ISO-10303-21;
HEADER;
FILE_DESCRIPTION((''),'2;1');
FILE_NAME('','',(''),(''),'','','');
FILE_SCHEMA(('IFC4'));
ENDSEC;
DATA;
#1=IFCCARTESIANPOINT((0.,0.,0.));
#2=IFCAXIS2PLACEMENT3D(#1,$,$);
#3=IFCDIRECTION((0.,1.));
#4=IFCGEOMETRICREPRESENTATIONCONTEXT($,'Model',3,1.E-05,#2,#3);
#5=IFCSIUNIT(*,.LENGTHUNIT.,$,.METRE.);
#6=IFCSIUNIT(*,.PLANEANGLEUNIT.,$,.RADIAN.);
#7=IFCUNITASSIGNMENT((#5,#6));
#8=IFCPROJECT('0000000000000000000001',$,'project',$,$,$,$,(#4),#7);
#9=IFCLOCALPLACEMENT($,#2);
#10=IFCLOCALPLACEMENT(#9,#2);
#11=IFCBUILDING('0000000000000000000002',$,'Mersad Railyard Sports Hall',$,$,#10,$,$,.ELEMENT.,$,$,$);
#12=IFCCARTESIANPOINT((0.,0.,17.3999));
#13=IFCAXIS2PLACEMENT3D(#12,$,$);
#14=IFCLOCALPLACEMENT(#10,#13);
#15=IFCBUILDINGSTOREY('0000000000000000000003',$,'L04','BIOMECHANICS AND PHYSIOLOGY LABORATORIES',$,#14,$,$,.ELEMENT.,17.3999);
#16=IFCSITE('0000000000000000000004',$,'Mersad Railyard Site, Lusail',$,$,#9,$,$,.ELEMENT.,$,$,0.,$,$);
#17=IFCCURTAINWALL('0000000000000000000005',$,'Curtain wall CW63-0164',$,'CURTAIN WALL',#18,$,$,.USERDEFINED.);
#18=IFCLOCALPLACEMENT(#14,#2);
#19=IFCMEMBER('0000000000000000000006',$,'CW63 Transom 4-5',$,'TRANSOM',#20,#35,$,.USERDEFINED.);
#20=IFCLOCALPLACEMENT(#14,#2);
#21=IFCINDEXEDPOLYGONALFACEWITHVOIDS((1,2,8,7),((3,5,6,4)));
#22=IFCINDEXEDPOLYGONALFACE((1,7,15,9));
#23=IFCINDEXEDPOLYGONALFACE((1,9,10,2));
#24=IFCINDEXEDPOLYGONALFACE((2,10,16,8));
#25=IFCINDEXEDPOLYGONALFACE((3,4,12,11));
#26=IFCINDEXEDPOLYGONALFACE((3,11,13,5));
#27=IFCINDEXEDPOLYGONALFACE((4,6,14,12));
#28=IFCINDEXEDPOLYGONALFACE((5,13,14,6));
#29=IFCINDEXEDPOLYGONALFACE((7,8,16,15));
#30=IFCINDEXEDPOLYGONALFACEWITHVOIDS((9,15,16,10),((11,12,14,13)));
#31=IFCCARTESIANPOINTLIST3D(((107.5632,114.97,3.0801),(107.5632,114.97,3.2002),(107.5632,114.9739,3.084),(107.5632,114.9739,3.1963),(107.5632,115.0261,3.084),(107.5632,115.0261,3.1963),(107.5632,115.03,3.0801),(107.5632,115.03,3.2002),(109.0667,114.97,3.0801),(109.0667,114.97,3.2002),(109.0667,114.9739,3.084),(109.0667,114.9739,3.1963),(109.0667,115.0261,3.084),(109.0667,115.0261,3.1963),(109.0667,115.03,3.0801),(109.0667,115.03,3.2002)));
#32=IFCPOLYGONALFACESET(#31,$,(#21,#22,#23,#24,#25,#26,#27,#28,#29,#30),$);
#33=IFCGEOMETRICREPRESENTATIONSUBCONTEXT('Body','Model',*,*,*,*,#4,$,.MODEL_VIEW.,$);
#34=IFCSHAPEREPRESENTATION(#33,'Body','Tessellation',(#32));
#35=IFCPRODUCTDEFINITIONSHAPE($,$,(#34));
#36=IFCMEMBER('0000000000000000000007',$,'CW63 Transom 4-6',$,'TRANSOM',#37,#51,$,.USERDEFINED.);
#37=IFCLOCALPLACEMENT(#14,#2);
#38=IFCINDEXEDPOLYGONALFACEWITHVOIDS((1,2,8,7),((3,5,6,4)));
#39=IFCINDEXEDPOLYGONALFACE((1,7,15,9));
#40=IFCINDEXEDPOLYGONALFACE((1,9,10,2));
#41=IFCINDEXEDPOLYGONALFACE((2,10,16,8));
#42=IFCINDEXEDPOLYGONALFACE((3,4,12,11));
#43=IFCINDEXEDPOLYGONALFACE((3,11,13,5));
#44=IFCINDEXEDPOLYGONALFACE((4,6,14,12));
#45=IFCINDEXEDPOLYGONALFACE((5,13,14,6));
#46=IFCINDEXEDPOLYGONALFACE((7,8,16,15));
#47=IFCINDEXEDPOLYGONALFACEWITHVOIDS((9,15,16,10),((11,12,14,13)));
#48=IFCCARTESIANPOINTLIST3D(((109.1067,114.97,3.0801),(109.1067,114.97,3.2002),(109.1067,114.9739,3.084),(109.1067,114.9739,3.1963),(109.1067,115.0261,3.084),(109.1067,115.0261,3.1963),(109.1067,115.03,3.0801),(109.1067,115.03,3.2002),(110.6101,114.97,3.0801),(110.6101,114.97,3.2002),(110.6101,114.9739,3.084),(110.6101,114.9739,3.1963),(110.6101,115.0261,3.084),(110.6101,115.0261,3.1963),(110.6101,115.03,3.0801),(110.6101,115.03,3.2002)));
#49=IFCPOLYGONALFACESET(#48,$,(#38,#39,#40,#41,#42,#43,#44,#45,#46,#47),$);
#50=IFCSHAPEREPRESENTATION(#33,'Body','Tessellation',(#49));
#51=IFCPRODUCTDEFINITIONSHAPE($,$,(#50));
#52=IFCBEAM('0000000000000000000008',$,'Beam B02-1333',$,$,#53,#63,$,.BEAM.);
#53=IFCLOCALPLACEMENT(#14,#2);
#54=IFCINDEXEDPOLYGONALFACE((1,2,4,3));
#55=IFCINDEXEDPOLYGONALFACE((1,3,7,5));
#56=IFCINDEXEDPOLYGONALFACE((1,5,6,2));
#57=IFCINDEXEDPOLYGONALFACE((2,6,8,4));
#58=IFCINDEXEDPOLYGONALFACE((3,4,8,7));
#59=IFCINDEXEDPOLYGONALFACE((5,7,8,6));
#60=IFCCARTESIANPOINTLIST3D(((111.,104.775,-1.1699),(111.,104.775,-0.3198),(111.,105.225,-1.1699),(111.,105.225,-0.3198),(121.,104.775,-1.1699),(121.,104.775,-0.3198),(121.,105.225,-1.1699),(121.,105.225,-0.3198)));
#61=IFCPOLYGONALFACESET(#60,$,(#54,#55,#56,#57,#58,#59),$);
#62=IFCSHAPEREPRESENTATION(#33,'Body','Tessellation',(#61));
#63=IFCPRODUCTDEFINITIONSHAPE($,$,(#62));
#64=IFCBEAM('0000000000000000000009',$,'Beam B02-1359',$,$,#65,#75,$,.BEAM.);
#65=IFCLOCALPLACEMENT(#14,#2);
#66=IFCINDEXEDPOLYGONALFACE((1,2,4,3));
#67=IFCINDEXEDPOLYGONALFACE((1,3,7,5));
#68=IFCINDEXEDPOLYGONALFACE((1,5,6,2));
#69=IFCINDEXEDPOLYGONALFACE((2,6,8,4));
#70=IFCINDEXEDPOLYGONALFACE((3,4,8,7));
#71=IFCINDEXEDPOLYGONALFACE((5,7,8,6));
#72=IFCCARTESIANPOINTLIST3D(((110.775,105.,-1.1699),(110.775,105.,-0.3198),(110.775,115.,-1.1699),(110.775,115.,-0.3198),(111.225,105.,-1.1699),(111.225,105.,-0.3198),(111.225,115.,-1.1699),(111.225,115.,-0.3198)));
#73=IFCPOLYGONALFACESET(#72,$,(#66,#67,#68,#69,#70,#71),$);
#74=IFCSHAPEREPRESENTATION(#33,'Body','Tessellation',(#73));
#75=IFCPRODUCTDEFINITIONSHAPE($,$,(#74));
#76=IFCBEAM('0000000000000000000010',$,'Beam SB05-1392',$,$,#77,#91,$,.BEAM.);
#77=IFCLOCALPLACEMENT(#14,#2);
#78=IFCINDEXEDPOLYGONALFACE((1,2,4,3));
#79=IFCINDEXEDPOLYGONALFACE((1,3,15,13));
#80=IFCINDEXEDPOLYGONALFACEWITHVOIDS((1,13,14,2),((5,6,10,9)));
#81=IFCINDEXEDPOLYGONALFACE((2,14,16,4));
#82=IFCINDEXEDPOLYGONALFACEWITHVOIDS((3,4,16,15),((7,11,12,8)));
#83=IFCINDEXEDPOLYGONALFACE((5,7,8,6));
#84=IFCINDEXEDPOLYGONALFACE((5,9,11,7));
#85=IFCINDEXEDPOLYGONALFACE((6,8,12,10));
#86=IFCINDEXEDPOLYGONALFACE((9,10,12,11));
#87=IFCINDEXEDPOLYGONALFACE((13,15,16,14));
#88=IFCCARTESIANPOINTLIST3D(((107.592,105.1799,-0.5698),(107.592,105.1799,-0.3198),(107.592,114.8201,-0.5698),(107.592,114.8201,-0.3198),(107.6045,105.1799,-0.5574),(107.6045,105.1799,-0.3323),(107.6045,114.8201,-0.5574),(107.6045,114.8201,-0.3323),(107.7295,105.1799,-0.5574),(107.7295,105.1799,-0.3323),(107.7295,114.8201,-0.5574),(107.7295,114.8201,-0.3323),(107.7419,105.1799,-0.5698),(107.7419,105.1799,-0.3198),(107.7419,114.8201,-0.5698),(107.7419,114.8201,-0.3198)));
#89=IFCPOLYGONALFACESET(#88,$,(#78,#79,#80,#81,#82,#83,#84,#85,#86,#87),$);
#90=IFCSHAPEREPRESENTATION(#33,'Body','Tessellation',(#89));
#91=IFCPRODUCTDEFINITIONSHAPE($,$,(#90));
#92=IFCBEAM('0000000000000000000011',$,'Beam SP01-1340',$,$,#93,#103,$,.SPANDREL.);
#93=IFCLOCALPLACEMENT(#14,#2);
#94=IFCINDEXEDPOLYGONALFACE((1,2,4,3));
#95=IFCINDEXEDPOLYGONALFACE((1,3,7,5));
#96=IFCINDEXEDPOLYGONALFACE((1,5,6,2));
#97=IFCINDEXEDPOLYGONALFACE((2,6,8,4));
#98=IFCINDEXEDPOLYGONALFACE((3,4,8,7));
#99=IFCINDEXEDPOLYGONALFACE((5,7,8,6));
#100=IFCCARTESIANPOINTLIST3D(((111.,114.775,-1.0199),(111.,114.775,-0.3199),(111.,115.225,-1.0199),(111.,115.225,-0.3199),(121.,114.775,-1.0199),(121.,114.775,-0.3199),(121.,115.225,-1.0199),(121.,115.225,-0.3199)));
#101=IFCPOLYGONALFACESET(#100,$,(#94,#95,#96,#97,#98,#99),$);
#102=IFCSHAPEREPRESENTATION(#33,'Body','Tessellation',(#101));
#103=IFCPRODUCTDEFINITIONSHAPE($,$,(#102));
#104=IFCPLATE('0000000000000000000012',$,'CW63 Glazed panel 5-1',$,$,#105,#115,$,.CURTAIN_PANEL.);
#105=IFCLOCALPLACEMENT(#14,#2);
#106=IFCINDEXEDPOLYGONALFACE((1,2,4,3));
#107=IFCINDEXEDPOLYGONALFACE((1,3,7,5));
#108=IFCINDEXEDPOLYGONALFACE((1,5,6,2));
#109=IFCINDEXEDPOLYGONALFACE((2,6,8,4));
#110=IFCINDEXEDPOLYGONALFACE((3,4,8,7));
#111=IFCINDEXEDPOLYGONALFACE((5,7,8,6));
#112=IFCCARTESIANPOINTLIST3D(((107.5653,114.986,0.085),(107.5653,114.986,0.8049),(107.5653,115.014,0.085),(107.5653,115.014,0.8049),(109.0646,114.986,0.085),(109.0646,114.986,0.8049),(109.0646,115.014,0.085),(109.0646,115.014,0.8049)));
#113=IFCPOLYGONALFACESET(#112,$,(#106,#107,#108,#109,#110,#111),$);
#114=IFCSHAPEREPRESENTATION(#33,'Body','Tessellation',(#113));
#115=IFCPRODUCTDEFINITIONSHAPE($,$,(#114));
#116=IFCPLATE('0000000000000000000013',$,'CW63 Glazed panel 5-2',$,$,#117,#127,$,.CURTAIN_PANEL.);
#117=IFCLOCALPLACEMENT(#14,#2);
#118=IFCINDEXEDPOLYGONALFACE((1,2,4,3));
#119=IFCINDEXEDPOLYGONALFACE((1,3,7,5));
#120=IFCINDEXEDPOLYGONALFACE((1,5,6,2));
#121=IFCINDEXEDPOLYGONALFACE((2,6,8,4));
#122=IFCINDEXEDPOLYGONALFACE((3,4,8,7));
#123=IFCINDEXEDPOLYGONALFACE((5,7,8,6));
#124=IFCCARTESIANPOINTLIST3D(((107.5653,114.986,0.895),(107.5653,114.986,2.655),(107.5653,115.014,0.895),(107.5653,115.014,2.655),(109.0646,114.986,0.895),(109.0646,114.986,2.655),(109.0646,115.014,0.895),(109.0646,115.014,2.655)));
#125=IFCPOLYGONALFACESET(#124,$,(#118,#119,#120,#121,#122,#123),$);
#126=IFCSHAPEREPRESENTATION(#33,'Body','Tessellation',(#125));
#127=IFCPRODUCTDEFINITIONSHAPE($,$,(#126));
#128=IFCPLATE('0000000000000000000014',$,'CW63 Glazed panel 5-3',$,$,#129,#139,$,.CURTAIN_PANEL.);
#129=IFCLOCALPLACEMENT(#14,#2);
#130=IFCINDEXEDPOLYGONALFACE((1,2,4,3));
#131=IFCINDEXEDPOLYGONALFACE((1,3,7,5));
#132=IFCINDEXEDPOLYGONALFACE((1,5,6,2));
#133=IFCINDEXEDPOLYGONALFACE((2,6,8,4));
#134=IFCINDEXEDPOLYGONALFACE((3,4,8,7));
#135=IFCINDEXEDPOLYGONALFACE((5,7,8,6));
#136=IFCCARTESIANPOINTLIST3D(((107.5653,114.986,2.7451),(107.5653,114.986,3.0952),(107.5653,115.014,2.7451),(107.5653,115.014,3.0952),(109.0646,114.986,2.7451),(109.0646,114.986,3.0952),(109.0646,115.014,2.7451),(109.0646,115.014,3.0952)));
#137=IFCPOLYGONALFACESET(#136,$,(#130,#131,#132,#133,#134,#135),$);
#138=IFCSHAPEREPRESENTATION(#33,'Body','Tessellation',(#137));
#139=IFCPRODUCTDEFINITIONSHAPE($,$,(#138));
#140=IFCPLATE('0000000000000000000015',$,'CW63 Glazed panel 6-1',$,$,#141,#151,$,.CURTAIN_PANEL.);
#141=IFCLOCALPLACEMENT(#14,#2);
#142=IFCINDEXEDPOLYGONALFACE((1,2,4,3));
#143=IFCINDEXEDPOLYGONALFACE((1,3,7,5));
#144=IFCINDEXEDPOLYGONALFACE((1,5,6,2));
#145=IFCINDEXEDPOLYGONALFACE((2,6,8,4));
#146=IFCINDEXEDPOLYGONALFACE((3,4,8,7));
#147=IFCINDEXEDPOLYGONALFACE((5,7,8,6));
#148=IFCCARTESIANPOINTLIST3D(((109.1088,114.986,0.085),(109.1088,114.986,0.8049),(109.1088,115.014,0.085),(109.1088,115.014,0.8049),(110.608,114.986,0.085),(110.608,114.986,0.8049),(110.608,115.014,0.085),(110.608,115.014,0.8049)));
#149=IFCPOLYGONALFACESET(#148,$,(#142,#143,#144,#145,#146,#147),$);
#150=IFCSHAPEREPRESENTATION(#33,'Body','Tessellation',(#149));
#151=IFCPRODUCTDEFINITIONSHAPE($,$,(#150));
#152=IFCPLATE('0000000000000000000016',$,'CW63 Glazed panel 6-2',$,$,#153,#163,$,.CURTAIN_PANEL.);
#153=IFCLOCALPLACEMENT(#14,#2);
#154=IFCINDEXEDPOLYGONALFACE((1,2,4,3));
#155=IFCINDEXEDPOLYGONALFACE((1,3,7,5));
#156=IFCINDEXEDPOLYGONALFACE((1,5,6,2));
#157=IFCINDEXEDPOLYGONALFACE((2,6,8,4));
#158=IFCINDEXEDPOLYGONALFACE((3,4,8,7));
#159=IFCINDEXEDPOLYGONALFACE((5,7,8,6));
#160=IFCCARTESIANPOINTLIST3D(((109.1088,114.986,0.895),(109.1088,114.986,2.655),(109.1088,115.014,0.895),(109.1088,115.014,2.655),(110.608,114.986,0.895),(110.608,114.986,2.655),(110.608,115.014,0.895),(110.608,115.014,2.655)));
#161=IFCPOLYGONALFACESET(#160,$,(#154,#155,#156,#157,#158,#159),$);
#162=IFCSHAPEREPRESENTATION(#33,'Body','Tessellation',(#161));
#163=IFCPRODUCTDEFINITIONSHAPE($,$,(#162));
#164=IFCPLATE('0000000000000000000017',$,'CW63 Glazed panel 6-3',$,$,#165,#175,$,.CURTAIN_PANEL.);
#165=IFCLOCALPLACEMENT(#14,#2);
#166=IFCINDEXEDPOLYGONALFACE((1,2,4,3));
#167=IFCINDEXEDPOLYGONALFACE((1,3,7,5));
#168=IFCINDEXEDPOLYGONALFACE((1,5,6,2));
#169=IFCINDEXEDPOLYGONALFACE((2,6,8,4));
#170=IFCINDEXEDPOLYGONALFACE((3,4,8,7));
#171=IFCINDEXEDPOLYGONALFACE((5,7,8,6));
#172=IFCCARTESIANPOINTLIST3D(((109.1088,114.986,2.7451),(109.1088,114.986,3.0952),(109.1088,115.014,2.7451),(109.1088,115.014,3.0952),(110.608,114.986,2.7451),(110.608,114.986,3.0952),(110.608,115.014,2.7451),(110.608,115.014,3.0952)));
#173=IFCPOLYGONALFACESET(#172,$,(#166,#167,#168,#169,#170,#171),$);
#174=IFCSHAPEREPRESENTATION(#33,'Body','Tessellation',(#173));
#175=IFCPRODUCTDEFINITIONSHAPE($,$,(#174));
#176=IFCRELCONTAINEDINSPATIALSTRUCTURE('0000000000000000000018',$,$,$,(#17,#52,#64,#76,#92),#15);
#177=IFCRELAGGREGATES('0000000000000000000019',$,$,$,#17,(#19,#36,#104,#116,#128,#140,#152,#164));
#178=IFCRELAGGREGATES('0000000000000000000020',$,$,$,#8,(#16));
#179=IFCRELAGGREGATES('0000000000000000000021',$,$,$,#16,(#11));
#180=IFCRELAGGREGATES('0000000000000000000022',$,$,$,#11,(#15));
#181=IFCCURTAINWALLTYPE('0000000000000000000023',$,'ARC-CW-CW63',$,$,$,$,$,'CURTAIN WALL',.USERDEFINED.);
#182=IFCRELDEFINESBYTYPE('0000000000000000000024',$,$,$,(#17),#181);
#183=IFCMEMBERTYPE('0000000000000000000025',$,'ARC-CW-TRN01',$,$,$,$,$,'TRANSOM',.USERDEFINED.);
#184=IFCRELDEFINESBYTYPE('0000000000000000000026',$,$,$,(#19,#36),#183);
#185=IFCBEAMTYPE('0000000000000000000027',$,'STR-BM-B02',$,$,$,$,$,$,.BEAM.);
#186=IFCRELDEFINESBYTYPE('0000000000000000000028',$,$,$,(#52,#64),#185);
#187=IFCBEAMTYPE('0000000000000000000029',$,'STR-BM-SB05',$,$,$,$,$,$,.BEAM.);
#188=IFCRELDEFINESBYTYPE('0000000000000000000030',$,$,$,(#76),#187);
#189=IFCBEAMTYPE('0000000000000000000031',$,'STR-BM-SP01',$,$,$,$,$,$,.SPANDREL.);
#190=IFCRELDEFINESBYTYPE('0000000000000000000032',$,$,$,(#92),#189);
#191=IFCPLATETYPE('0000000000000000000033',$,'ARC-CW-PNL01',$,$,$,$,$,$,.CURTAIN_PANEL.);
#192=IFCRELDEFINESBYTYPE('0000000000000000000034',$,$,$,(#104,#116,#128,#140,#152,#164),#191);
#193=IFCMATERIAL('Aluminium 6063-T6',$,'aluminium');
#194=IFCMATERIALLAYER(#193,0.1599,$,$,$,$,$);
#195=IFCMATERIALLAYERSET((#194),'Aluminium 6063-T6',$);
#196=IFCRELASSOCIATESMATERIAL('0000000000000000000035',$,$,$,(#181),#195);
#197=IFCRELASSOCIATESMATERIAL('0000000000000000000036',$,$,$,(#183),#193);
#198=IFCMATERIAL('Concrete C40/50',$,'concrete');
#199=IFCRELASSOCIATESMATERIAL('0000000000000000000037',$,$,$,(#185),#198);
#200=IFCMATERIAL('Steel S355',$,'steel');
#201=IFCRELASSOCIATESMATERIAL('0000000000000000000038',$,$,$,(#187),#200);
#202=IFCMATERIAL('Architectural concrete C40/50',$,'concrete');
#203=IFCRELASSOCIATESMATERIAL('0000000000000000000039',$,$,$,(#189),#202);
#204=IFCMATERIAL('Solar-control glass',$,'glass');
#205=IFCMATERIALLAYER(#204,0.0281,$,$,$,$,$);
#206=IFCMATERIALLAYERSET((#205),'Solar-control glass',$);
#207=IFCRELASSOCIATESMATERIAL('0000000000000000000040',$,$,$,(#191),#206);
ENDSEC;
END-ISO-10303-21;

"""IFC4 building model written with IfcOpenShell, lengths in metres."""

from ifc_helpers import new_model, si_unit, direction, frame, origin, origin_2d, place, context, subcontext, project, spatial, rectangle, hollow_rectangle, extrude, material, layer, layer_set, material_profile, profile_set, type_object, element, aggregate, save


model = new_model("IFC4")

# Units and contexts
model_context = context("Model", 3, precision=1e-05, world=origin(), true_north=direction((0.0, 1.0)))
body_context = subcontext(model_context, "Body", "Model", "MODEL_VIEW")
ifc_project = project(units=[si_unit("LENGTHUNIT", "METRE"), si_unit("PLANEANGLEUNIT", "RADIAN")], contexts=[model_context])

# Site, building, storey
site_placement = place(None, origin())
site = spatial("IfcSite", under=ifc_project, at=site_placement, Name="Mersad Railyard Site, Lusail", CompositionType="ELEMENT", RefElevation=0.0)
building_placement = place(site_placement, origin())
building = spatial("IfcBuilding", under=site, at=building_placement, Name="Mersad Railyard Sports Hall", CompositionType="ELEMENT")
storey_placement = place(building_placement, frame((0.0, 0.0, 17.3999)))
storey = spatial("IfcBuildingStorey", under=building, at=storey_placement, Name="L04", Description="BIOMECHANICS AND PHYSIOLOGY LABORATORIES", CompositionType="ELEMENT", Elevation=17.3999)

# Shared definitions
ifc_material_1 = material(Name="Concrete C40/50", Category="concrete")
ifc_material_2 = material(Name="Architectural concrete C40/50", Category="concrete")

# Curtain wall, members
ifc_material_3 = material(Name="Aluminium 6063-T6", Category="aluminium")
ifc_layer_1 = layer(ifc_material_3, 0.1599)
ifc_layer_set_1 = layer_set([ifc_layer_1], Name="Aluminium 6063-T6")
curtain_wall_type = type_object("IfcCurtainWallType", Name="ARC-CW-CW63", ElementType="CURTAIN WALL", PredefinedType="USERDEFINED", material=ifc_layer_set_1)
curtain_wall_placement = place(storey_placement, origin())
curtain_wall = element("IfcCurtainWall", 1, at=curtain_wall_placement, inside=storey, type_object=curtain_wall_type, Name="Curtain wall CW63-0164", ObjectType="CURTAIN WALL", PredefinedType="USERDEFINED")
ifc_material_profile_1 = material_profile(ifc_material_3, hollow_rectangle(XDim=0.0601, YDim=0.1201, WallThickness=0.0039, at=origin_2d()), Name="AL TRANSOM 60x120x4")
ifc_profile_set_1 = profile_set([ifc_material_profile_1], Name="Aluminium 6063-T6")
member_type_1 = type_object("IfcMemberType", Name="ARC-CW-TRN01", ElementType="TRANSOM", PredefinedType="USERDEFINED", material=ifc_profile_set_1)
member_1_placement = place(storey_placement, frame((107.5632, 115.0, 3.1401), z_axis=(1.0, 0.0, 0.0), x_axis=(0.0, 1.0, 0.0)))
member_1 = element("IfcMember", 2, at=member_1_placement, type_object=member_type_1, Name="CW63 Transom 4-5", ObjectType="TRANSOM", PredefinedType="USERDEFINED", context=body_context, shape_type="SweptSolid", body=[
    extrude(hollow_rectangle(XDim=0.0601, YDim=0.1201, WallThickness=0.0039, at=origin_2d()), origin(), (0.0, 0.0, 1.0), 1.5034),
])
member_2_placement = place(storey_placement, frame((109.1067, 115.0, 3.1401), z_axis=(1.0, 0.0, 0.0), x_axis=(0.0, 1.0, 0.0)))
member_2 = element("IfcMember", 3, at=member_2_placement, type_object=member_type_1, Name="CW63 Transom 4-6", ObjectType="TRANSOM", PredefinedType="USERDEFINED", context=body_context, shape_type="SweptSolid", body=[
    extrude(hollow_rectangle(XDim=0.0601, YDim=0.1201, WallThickness=0.0039, at=origin_2d()), origin(), (0.0, 0.0, 1.0), 1.5034),
])

# Beams
ifc_material_profile_2 = material_profile(ifc_material_1, rectangle(XDim=0.45, YDim=0.8501, at=origin_2d()), Name="RC 450x850")
ifc_profile_set_2 = profile_set([ifc_material_profile_2], Name="Concrete C40/50")
beam_type_1 = type_object("IfcBeamType", Name="STR-BM-B02", PredefinedType="BEAM", material=ifc_profile_set_2)
for number, where, z_axis, x_axis, name in (
    (4, (111.0, 105.0, -0.7449), (1.0, 0.0, 0.0), (0.0, 1.0, 0.0), "Beam B02-1333"),
    (5, (111.0, 105.0, -0.7449), (0.0, 1.0, 0.0), (-1.0, 0.0, 0.0), "Beam B02-1359"),
):
    element("IfcBeam", number, at=place(storey_placement, frame(where, z_axis=z_axis, x_axis=x_axis)), inside=storey, type_object=beam_type_1, Name=name, PredefinedType="BEAM", context=body_context, shape_type="SweptSolid", body=[
        extrude(rectangle(XDim=0.45, YDim=0.8501, at=origin_2d()), origin(), (0.0, 0.0, 1.0), 10.0),
    ])
ifc_material_4 = material(Name="Steel S355", Category="steel")
ifc_material_profile_3 = material_profile(ifc_material_4, hollow_rectangle(XDim=0.1499, YDim=0.25, WallThickness=0.0125, at=origin_2d()), Name="RHS 250x150x12.5")
ifc_profile_set_3 = profile_set([ifc_material_profile_3], Name="Steel S355")
beam_type_2 = type_object("IfcBeamType", Name="STR-BM-SB05", PredefinedType="BEAM", material=ifc_profile_set_3)
beam_1_placement = place(storey_placement, frame((107.667, 105.1799, -0.4448), z_axis=(0.0, 1.0, 0.0), x_axis=(-1.0, 0.0, 0.0)))
element("IfcBeam", 6, at=beam_1_placement, inside=storey, type_object=beam_type_2, Name="Beam SB05-1392", PredefinedType="BEAM", context=body_context, shape_type="SweptSolid", body=[
    extrude(hollow_rectangle(XDim=0.1499, YDim=0.25, WallThickness=0.0125, at=origin_2d()), origin(), (0.0, 0.0, 1.0), 9.6401),
])
ifc_material_profile_4 = material_profile(ifc_material_2, rectangle(XDim=0.45, YDim=0.7, at=origin_2d()), Name="RC 450x700")
ifc_profile_set_4 = profile_set([ifc_material_profile_4], Name="Architectural concrete C40/50")
beam_type_3 = type_object("IfcBeamType", Name="STR-BM-SP01", PredefinedType="SPANDREL", material=ifc_profile_set_4)
beam_2_placement = place(storey_placement, frame((111.0, 115.0, -0.6699), z_axis=(1.0, 0.0, 0.0), x_axis=(0.0, 1.0, 0.0)))
element("IfcBeam", 7, at=beam_2_placement, inside=storey, type_object=beam_type_3, Name="Beam SP01-1340", PredefinedType="SPANDREL", context=body_context, shape_type="SweptSolid", body=[
    extrude(rectangle(XDim=0.45, YDim=0.7, at=origin_2d()), origin(), (0.0, 0.0, 1.0), 10.0),
])

# Plates
ifc_material_5 = material(Name="Solar-control glass", Category="glass")
ifc_layer_2 = layer(ifc_material_5, 0.0281)
ifc_layer_set_2 = layer_set([ifc_layer_2], Name="Solar-control glass")
plate_type = type_object("IfcPlateType", Name="ARC-CW-PNL01", PredefinedType="CURTAIN_PANEL", material=ifc_layer_set_2)
plate_1_placement = place(storey_placement, frame((108.3149, 115.0, 0.085), z_axis=(0.0, 0.0, 1.0), x_axis=(1.0, 0.0, 0.0)))
plate_1 = element("IfcPlate", 8, at=plate_1_placement, type_object=plate_type, Name="CW63 Glazed panel 5-1", PredefinedType="CURTAIN_PANEL", context=body_context, shape_type="SweptSolid", body=[
    extrude(rectangle(XDim=1.4993, YDim=0.0281, at=origin_2d()), origin(), (0.0, 0.0, 1.0), 0.72),
])
plate_2_placement = place(storey_placement, frame((108.3149, 115.0, 0.895), z_axis=(0.0, 0.0, 1.0), x_axis=(1.0, 0.0, 0.0)))
plate_2 = element("IfcPlate", 9, at=plate_2_placement, type_object=plate_type, Name="CW63 Glazed panel 5-2", PredefinedType="CURTAIN_PANEL", context=body_context, shape_type="SweptSolid", body=[
    extrude(rectangle(XDim=1.4993, YDim=0.0281, at=origin_2d()), origin(), (0.0, 0.0, 1.0), 1.76),
])
plate_3_placement = place(storey_placement, frame((108.3149, 115.0, 2.7451), z_axis=(0.0, 0.0, 1.0), x_axis=(1.0, 0.0, 0.0)))
plate_3 = element("IfcPlate", 10, at=plate_3_placement, type_object=plate_type, Name="CW63 Glazed panel 5-3", PredefinedType="CURTAIN_PANEL", context=body_context, shape_type="SweptSolid", body=[
    extrude(rectangle(XDim=1.4993, YDim=0.0281, at=origin_2d()), origin(), (0.0, 0.0, 1.0), 0.3501),
])
plate_4_placement = place(storey_placement, frame((109.8584, 115.0, 0.085), z_axis=(0.0, 0.0, 1.0), x_axis=(1.0, 0.0, 0.0)))
plate_4 = element("IfcPlate", 11, at=plate_4_placement, type_object=plate_type, Name="CW63 Glazed panel 6-1", PredefinedType="CURTAIN_PANEL", context=body_context, shape_type="SweptSolid", body=[
    extrude(rectangle(XDim=1.4993, YDim=0.0281, at=origin_2d()), origin(), (0.0, 0.0, 1.0), 0.72),
])
plate_5_placement = place(storey_placement, frame((109.8584, 115.0, 0.895), z_axis=(0.0, 0.0, 1.0), x_axis=(1.0, 0.0, 0.0)))
plate_5 = element("IfcPlate", 12, at=plate_5_placement, type_object=plate_type, Name="CW63 Glazed panel 6-2", PredefinedType="CURTAIN_PANEL", context=body_context, shape_type="SweptSolid", body=[
    extrude(rectangle(XDim=1.4993, YDim=0.0281, at=origin_2d()), origin(), (0.0, 0.0, 1.0), 1.76),
])
plate_6_placement = place(storey_placement, frame((109.8584, 115.0, 2.7451), z_axis=(0.0, 0.0, 1.0), x_axis=(1.0, 0.0, 0.0)))
plate_6 = element("IfcPlate", 13, at=plate_6_placement, type_object=plate_type, Name="CW63 Glazed panel 6-3", PredefinedType="CURTAIN_PANEL", context=body_context, shape_type="SweptSolid", body=[
    extrude(rectangle(XDim=1.4993, YDim=0.0281, at=origin_2d()), origin(), (0.0, 0.0, 1.0), 0.3501),
])
aggregate(curtain_wall, [member_1, member_2, plate_1, plate_2, plate_3, plate_4, plate_5, plate_6])

save(model, "model.ifc")
